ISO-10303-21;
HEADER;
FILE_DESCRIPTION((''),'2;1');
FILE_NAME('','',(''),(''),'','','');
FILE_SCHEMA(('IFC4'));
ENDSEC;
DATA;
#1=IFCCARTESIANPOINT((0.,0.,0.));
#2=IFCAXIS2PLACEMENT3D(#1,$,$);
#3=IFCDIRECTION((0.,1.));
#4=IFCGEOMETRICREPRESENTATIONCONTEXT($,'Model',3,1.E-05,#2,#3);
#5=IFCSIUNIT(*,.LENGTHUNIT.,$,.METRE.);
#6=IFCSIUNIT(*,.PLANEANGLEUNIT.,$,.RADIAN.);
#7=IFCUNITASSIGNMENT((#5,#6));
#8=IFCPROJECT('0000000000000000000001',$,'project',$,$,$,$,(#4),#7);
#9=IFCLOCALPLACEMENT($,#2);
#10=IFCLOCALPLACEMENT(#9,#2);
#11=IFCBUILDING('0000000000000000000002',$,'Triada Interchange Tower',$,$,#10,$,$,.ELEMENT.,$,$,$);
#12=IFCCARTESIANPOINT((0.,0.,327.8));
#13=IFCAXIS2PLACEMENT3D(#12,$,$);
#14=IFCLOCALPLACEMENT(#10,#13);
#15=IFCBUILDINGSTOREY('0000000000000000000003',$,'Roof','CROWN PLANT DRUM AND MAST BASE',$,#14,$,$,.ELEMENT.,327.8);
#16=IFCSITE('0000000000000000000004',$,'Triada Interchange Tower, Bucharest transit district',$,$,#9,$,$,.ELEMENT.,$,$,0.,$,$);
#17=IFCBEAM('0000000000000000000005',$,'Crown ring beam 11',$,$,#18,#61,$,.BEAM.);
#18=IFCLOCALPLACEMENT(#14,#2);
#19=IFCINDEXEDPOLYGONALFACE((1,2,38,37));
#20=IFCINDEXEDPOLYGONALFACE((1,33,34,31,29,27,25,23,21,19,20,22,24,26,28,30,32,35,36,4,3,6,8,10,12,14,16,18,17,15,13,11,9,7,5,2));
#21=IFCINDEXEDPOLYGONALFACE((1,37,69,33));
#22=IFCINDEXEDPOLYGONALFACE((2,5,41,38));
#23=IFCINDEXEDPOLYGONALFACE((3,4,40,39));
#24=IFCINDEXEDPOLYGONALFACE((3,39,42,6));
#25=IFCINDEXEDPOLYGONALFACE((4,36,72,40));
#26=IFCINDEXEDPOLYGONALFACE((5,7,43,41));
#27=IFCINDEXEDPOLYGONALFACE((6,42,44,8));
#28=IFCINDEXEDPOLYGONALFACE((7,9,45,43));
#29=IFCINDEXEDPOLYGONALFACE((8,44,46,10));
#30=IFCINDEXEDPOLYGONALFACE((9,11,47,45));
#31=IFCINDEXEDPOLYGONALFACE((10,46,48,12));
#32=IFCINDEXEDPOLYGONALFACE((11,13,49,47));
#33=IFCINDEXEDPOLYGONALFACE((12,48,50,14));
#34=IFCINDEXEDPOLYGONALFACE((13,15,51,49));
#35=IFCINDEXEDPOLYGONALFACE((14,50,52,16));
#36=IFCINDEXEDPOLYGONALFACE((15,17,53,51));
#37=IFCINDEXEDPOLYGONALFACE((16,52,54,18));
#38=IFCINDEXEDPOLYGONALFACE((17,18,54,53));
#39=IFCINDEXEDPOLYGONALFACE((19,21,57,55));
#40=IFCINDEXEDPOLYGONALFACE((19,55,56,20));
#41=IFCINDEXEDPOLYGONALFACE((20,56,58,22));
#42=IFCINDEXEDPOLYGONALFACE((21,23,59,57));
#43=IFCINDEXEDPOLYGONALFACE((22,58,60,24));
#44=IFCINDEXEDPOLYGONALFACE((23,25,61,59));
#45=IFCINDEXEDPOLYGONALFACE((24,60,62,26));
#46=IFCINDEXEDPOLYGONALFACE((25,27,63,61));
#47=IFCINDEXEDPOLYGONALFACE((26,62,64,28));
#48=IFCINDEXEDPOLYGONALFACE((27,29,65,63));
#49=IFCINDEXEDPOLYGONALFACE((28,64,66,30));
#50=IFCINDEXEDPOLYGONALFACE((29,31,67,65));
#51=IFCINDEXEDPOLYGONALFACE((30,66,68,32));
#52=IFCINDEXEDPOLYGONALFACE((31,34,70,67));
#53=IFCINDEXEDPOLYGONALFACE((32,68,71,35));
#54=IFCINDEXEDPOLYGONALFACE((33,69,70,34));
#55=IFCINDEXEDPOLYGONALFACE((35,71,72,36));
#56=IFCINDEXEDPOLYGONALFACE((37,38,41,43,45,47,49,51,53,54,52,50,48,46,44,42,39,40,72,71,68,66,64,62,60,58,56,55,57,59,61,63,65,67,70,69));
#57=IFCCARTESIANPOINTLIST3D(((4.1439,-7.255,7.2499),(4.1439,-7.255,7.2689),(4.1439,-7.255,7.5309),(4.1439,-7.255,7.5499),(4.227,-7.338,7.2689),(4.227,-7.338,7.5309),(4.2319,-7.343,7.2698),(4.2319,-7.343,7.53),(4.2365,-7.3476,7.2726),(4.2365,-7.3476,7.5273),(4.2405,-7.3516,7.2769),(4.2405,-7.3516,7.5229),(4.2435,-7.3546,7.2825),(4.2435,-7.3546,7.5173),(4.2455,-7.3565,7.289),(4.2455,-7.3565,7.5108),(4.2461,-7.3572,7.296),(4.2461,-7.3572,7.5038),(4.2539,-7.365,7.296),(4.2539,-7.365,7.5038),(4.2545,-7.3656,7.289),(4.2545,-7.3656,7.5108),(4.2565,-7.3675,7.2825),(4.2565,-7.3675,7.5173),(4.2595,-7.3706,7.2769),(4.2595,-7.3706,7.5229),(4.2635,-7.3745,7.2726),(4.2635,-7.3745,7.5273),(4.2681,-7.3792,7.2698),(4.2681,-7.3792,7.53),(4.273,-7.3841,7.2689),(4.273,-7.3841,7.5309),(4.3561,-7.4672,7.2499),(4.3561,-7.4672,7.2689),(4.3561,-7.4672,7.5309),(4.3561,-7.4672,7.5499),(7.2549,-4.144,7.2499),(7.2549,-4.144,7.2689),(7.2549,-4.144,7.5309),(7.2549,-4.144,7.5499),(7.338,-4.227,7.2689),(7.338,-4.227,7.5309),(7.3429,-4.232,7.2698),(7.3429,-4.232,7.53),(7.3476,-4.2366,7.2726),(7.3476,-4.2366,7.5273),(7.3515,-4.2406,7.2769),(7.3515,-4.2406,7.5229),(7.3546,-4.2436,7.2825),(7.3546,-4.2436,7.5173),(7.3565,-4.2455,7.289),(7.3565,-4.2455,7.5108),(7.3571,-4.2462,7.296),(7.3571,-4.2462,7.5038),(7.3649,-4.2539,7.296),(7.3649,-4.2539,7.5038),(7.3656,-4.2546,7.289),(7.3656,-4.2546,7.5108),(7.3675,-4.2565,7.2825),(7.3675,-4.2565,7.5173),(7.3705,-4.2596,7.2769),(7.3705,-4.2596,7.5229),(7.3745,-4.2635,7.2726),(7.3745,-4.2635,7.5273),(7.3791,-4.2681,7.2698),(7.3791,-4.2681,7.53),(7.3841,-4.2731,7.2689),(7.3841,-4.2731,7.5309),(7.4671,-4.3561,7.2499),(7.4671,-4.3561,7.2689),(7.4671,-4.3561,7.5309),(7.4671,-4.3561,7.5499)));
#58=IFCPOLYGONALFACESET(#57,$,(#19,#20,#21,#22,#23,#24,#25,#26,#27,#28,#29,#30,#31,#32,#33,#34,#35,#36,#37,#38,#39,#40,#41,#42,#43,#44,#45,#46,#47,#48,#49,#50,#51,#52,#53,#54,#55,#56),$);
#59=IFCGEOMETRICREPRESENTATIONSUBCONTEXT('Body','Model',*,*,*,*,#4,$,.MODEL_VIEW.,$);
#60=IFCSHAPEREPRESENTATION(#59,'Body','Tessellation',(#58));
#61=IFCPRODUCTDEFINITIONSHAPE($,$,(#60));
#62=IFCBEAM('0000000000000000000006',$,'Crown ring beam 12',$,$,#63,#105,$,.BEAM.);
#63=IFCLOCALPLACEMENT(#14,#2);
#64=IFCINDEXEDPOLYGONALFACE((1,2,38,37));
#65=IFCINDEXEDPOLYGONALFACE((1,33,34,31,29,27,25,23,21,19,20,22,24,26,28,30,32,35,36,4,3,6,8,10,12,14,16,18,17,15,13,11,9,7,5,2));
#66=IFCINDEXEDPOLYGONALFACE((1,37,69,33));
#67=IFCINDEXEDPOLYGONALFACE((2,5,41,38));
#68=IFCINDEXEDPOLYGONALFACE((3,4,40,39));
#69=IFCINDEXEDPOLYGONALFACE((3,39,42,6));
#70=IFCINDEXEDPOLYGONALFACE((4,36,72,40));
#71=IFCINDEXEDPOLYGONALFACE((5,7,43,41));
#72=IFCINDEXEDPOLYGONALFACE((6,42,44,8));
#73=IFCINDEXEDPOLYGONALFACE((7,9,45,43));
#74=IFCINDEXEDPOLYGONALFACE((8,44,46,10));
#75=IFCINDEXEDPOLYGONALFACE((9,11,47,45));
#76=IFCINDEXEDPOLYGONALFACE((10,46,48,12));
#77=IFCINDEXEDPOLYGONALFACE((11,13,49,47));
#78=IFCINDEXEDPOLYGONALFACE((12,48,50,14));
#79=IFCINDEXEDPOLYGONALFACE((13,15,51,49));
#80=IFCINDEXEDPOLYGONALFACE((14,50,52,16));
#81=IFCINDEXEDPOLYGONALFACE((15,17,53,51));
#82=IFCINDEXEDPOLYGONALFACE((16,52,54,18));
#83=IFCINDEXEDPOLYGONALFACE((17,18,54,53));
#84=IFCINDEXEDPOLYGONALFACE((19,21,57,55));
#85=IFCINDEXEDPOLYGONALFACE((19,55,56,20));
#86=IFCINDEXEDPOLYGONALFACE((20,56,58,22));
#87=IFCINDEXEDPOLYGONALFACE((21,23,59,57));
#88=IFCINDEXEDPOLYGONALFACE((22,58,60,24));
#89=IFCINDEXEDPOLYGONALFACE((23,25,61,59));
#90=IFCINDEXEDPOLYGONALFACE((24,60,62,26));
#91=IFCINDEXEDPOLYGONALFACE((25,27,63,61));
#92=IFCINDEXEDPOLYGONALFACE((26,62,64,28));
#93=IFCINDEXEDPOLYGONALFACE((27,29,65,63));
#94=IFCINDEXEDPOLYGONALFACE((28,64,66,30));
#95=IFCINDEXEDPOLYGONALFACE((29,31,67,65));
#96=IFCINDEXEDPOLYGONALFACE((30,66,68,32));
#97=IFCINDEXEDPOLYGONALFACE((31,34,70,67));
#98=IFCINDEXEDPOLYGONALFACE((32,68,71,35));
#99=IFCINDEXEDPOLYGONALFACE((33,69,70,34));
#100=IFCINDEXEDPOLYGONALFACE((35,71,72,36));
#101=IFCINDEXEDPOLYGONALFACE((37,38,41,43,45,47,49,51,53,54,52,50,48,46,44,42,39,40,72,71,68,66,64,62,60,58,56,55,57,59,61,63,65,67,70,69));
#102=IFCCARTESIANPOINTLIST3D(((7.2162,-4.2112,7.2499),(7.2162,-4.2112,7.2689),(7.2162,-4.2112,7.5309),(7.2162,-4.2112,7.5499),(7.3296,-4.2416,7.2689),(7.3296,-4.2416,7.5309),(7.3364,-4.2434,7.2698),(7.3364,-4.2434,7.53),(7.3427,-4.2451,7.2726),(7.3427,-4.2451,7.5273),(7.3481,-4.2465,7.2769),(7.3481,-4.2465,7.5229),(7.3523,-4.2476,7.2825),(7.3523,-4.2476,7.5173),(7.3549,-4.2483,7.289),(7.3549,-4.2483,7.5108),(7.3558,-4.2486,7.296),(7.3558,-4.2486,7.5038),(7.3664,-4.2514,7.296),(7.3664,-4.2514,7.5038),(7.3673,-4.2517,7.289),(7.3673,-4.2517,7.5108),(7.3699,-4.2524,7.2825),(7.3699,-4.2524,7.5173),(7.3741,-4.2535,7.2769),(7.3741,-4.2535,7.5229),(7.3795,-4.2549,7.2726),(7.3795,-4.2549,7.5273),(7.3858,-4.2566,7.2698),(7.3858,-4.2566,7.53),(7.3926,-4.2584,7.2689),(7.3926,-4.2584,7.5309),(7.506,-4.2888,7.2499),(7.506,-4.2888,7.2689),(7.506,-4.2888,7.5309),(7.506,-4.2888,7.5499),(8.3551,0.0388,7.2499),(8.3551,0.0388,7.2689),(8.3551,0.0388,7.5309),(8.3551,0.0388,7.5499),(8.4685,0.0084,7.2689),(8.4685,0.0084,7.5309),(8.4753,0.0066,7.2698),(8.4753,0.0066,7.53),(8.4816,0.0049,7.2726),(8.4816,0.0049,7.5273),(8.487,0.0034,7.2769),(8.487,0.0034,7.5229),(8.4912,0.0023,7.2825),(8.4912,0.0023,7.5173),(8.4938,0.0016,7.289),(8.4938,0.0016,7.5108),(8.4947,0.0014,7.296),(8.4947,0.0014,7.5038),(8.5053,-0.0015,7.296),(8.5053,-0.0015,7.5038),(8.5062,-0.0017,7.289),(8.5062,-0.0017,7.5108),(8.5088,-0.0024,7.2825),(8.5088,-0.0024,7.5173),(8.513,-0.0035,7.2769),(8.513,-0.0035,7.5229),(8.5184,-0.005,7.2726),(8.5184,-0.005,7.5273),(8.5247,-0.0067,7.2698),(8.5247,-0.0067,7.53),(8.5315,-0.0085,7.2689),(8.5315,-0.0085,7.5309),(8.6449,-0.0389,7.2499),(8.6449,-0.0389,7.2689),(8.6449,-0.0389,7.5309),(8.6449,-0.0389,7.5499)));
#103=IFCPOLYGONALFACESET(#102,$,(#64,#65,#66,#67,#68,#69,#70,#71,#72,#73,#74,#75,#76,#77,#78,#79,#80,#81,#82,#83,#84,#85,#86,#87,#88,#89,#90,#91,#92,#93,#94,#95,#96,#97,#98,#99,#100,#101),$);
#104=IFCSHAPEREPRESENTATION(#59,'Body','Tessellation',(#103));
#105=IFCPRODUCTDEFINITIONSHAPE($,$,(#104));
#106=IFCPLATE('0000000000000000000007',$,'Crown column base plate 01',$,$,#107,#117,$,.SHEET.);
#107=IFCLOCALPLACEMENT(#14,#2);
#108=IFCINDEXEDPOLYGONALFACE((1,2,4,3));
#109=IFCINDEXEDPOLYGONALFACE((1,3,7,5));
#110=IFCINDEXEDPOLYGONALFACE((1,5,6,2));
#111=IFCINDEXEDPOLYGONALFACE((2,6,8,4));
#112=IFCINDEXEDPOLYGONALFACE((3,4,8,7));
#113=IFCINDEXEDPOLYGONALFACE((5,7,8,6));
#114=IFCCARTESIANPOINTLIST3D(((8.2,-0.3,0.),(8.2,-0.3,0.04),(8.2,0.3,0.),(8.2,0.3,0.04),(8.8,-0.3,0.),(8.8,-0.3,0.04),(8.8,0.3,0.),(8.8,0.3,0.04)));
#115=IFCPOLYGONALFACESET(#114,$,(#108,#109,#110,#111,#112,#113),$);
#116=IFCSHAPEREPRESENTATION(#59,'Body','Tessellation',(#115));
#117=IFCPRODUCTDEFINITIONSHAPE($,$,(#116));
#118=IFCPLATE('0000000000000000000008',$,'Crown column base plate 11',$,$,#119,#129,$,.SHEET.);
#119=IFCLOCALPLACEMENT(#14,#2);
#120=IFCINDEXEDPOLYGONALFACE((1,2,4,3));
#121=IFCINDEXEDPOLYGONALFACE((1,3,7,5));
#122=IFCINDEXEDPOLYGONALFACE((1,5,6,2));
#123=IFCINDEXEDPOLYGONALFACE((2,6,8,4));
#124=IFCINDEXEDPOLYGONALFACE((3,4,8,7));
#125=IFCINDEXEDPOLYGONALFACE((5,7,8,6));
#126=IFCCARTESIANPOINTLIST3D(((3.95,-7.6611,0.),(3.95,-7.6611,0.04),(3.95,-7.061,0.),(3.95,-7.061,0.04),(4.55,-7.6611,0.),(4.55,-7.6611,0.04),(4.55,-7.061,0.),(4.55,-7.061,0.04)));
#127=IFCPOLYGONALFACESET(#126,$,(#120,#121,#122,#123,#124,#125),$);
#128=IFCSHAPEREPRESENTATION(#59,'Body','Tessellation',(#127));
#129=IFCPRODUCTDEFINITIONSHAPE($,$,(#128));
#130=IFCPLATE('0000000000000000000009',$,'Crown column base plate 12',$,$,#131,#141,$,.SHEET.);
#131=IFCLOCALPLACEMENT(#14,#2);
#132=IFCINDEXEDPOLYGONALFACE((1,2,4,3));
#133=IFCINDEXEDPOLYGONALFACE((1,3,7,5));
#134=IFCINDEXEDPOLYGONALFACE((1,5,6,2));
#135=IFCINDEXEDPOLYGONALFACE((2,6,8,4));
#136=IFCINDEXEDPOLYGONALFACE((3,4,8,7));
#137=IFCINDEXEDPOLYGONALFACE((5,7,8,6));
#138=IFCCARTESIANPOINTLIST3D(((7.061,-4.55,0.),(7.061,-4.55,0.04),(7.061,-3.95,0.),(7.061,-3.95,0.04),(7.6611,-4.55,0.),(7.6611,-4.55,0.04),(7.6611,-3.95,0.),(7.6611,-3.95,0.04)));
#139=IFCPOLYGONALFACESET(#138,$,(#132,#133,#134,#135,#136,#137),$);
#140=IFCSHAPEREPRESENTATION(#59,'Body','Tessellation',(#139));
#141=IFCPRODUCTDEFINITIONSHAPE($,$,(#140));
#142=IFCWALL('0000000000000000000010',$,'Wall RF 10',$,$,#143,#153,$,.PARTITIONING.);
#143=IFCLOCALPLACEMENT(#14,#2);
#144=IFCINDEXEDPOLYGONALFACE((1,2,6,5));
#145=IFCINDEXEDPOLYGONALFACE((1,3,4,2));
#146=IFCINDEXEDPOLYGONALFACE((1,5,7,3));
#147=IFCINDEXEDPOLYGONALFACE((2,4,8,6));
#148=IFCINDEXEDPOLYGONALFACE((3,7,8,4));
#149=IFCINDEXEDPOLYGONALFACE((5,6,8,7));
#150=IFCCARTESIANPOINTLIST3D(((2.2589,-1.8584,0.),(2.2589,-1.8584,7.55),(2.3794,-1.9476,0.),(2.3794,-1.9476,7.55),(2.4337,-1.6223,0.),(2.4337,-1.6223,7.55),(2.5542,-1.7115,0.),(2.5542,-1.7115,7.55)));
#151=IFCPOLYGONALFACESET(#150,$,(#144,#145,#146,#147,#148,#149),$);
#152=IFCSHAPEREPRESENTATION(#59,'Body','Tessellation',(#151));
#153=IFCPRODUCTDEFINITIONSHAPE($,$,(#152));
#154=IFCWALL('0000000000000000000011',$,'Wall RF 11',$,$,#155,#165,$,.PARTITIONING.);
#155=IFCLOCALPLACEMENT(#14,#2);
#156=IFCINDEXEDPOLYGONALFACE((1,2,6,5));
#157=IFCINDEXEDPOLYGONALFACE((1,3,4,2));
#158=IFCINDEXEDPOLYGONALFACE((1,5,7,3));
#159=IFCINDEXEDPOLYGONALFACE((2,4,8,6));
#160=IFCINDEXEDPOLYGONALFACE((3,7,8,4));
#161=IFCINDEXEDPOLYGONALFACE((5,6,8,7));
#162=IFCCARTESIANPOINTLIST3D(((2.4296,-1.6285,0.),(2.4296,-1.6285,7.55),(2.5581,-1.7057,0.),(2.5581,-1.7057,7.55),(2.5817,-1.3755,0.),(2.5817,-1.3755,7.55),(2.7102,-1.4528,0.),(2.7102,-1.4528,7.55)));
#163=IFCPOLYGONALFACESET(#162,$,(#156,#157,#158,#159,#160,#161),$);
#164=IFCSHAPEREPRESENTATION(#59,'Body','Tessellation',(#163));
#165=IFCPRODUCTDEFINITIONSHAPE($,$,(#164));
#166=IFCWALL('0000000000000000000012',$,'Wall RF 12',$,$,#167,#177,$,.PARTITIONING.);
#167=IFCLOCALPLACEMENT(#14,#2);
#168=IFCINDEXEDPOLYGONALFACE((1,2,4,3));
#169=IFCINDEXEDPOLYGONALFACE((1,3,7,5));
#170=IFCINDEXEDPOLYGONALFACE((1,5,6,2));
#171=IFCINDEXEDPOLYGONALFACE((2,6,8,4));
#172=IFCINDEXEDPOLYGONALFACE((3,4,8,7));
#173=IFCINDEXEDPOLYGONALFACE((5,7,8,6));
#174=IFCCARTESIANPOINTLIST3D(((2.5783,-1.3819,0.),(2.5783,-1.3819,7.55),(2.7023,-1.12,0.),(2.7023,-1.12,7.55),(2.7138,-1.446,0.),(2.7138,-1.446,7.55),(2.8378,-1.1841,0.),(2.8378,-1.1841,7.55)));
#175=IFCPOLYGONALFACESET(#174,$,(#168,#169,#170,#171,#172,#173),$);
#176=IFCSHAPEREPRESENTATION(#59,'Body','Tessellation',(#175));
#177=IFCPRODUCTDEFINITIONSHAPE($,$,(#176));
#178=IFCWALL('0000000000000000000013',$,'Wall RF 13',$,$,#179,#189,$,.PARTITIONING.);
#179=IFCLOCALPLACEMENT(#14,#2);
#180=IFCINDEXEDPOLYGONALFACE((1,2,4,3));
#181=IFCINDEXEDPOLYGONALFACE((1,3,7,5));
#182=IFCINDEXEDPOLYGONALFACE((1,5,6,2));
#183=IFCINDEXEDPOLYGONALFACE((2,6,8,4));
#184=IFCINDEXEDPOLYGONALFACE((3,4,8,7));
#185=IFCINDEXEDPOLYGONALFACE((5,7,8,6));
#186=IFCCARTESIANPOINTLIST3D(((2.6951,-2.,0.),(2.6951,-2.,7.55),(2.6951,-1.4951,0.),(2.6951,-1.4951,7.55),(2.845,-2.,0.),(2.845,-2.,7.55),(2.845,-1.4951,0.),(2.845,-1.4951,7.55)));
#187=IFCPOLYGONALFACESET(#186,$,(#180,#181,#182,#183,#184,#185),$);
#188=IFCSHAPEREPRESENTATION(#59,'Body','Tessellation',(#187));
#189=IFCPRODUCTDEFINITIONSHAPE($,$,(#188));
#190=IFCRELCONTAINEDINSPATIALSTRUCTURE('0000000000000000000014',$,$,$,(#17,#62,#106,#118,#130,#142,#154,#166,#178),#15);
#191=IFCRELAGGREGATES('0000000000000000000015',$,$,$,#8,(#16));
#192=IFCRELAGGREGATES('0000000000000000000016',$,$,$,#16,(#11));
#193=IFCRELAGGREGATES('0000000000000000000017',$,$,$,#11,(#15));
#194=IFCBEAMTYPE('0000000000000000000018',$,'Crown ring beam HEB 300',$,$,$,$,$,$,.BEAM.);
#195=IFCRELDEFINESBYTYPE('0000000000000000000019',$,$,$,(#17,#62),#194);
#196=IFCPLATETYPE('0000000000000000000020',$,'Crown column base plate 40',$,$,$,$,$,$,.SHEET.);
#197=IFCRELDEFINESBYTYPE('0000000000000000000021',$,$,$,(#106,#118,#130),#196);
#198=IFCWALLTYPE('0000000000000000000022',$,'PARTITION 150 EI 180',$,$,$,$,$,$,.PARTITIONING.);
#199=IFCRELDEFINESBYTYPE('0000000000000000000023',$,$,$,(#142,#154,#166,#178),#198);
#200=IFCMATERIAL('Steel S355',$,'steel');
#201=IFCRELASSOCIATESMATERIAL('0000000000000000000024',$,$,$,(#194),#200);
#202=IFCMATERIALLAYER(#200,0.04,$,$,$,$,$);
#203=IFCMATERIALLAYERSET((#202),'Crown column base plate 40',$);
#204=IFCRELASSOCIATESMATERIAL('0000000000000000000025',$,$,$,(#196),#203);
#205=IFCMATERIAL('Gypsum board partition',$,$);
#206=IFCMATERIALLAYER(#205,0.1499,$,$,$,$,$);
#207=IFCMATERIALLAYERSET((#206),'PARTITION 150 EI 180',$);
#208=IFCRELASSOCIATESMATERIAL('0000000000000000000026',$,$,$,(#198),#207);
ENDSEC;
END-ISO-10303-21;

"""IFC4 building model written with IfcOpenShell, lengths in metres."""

from ifc_helpers import new_model, si_unit, direction, frame, frame_2d, origin, origin_2d, place, context, subcontext, project, spatial, rectangle, i_section, extrude, material, layer, layer_set, material_profile, profile_set, type_object, element, save


model = new_model("IFC4")

# Units and contexts
model_context = context("Model", 3, precision=1e-05, world=origin(), true_north=direction((0.0, 1.0)))
body_context = subcontext(model_context, "Body", "Model", "MODEL_VIEW")
ifc_project = project(units=[si_unit("LENGTHUNIT", "METRE"), si_unit("PLANEANGLEUNIT", "RADIAN")], contexts=[model_context])

# Site, building, storey
site_placement = place(None, origin())
site = spatial("IfcSite", under=ifc_project, at=site_placement, Name="Triada Interchange Tower, Bucharest transit district", CompositionType="ELEMENT", RefElevation=0.0)
building_placement = place(site_placement, origin())
building = spatial("IfcBuilding", under=site, at=building_placement, Name="Triada Interchange Tower", CompositionType="ELEMENT")
storey_placement = place(building_placement, frame((0.0, 0.0, 327.8)))
storey = spatial("IfcBuildingStorey", under=building, at=storey_placement, Name="Roof", Description="CROWN PLANT DRUM AND MAST BASE", CompositionType="ELEMENT", Elevation=327.8)

# Shared definitions
ifc_material_1 = material(Name="Steel S355", Category="steel")

# Beams
ifc_material_profile_1 = material_profile(ifc_material_1, i_section(OverallWidth=0.3, OverallDepth=0.3, WebThickness=0.011, FlangeThickness=0.019, FilletRadius=0.0271, at=origin_2d()), Name="HEB 300")
ifc_profile_set_1 = profile_set([ifc_material_profile_1], Name="Steel S355")
beam_type = type_object("IfcBeamType", Name="Crown ring beam HEB 300", PredefinedType="BEAM", material=ifc_profile_set_1)
beam_1_placement = place(storey_placement, frame((4.25, -7.3611, 7.3999), z_axis=(0.707107, 0.707107, 0.0), x_axis=(-0.707107, 0.707107, 0.0)))
element("IfcBeam", 1, at=beam_1_placement, inside=storey, type_object=beam_type, Name="Crown ring beam 11", PredefinedType="BEAM", context=body_context, shape_type="SweptSolid", body=[
    extrude(i_section(OverallWidth=0.3, OverallDepth=0.3, WebThickness=0.011, FlangeThickness=0.019, FilletRadius=0.0271, at=origin_2d()), origin(), (0.0, 0.0, 1.0), 4.3997),
])
beam_2_placement = place(storey_placement, frame((7.3611, -4.25, 7.3999), z_axis=(0.258847, 0.965918, 0.0), x_axis=(-0.965918, 0.258847, 0.0)))
element("IfcBeam", 2, at=beam_2_placement, inside=storey, type_object=beam_type, Name="Crown ring beam 12", PredefinedType="BEAM", context=body_context, shape_type="SweptSolid", body=[
    extrude(i_section(OverallWidth=0.3, OverallDepth=0.3, WebThickness=0.011, FlangeThickness=0.019, FilletRadius=0.0271, at=origin_2d()), origin(), (0.0, 0.0, 1.0), 4.3999),
])

# Plates
ifc_layer_1 = layer(ifc_material_1, 0.04)
ifc_layer_set_1 = layer_set([ifc_layer_1], Name="Crown column base plate 40")
plate_type = type_object("IfcPlateType", Name="Crown column base plate 40", PredefinedType="SHEET", material=ifc_layer_set_1)
for number, where, z_axis, x_axis, name in (
    (3, (8.5, 0.0, 0.0), (0.0, 0.0, 1.0), (1.0, 0.0, 0.0), "Crown column base plate 01"),
    (4, (4.25, -7.3611, 0.0), (0.0, 0.0, 1.0), (1.0, 0.0, 0.0), "Crown column base plate 11"),
    (5, (7.3611, -4.25, 0.0), (0.0, 0.0, 1.0), (1.0, 0.0, 0.0), "Crown column base plate 12"),
):
    element("IfcPlate", number, at=place(storey_placement, frame(where, z_axis=z_axis, x_axis=x_axis)), inside=storey, type_object=plate_type, Name=name, PredefinedType="SHEET", context=body_context, shape_type="SweptSolid", body=[
        extrude(rectangle(XDim=0.6001, YDim=0.6001, at=origin_2d()), origin(), (0.0, 0.0, 1.0), 0.04),
    ])

# Walls
ifc_material_2 = material(Name="Gypsum board partition")
ifc_layer_2 = layer(ifc_material_2, 0.1499)
ifc_layer_set_2 = layer_set([ifc_layer_2], Name="PARTITION 150 EI 180")
wall_type_1 = type_object("IfcWallType", Name="PARTITION 150 EI 180", PredefinedType="PARTITIONING", material=ifc_layer_set_2)
wall_1_placement = place(storey_placement, frame((2.3191, -1.9031, 0.0), z_axis=(0.0, 0.0, 1.0), x_axis=(0.595069, 0.803675, 0.0)))
element("IfcWall", 6, at=wall_1_placement, inside=storey, type_object=wall_type_1, Name="Wall RF 10", PredefinedType="PARTITIONING", context=body_context, shape_type="SweptSolid", body=[
    extrude(rectangle(XDim=0.2937, YDim=0.1499, at=frame_2d((0.147, 0.0))), origin(), (0.0, 0.0, 1.0), 7.55),
])
wall_2_placement = place(storey_placement, frame((2.4939, -1.667, 0.0), z_axis=(0.0, 0.0, 1.0), x_axis=(0.515347, 0.856982, 0.0)))
element("IfcWall", 7, at=wall_2_placement, inside=storey, type_object=wall_type_1, Name="Wall RF 11", PredefinedType="PARTITIONING", context=body_context, shape_type="SweptSolid", body=[
    extrude(rectangle(XDim=0.2952, YDim=0.1499, at=frame_2d((0.1475, 0.0))), origin(), (0.0, 0.0, 1.0), 7.55),
])
wall_3_placement = place(storey_placement, frame((2.646, -1.4141, 0.0), z_axis=(0.0, 0.0, 1.0), x_axis=(0.427905, 0.903824, 0.0)))
element("IfcWall", 8, at=wall_3_placement, inside=storey, type_object=wall_type_1, Name="Wall RF 12", PredefinedType="PARTITIONING", context=body_context, shape_type="SweptSolid", body=[
    extrude(rectangle(XDim=0.2898, YDim=0.1499, at=frame_2d((0.145, 0.0))), origin(), (0.0, 0.0, 1.0), 7.55),
])
wall_4_placement = place(storey_placement, frame((2.77, -2.0, 0.0), z_axis=(0.0, 0.0, 1.0), x_axis=(0.0, 1.0, 0.0)))
element("IfcWall", 9, at=wall_4_placement, inside=storey, type_object=wall_type_1, Name="Wall RF 13", PredefinedType="PARTITIONING", context=body_context, shape_type="SweptSolid", body=[
    extrude(rectangle(XDim=0.5049, YDim=0.1499, at=frame_2d((0.2524, 0.0))), origin(), (0.0, 0.0, 1.0), 7.55),
])

save(model, "model.ifc")
